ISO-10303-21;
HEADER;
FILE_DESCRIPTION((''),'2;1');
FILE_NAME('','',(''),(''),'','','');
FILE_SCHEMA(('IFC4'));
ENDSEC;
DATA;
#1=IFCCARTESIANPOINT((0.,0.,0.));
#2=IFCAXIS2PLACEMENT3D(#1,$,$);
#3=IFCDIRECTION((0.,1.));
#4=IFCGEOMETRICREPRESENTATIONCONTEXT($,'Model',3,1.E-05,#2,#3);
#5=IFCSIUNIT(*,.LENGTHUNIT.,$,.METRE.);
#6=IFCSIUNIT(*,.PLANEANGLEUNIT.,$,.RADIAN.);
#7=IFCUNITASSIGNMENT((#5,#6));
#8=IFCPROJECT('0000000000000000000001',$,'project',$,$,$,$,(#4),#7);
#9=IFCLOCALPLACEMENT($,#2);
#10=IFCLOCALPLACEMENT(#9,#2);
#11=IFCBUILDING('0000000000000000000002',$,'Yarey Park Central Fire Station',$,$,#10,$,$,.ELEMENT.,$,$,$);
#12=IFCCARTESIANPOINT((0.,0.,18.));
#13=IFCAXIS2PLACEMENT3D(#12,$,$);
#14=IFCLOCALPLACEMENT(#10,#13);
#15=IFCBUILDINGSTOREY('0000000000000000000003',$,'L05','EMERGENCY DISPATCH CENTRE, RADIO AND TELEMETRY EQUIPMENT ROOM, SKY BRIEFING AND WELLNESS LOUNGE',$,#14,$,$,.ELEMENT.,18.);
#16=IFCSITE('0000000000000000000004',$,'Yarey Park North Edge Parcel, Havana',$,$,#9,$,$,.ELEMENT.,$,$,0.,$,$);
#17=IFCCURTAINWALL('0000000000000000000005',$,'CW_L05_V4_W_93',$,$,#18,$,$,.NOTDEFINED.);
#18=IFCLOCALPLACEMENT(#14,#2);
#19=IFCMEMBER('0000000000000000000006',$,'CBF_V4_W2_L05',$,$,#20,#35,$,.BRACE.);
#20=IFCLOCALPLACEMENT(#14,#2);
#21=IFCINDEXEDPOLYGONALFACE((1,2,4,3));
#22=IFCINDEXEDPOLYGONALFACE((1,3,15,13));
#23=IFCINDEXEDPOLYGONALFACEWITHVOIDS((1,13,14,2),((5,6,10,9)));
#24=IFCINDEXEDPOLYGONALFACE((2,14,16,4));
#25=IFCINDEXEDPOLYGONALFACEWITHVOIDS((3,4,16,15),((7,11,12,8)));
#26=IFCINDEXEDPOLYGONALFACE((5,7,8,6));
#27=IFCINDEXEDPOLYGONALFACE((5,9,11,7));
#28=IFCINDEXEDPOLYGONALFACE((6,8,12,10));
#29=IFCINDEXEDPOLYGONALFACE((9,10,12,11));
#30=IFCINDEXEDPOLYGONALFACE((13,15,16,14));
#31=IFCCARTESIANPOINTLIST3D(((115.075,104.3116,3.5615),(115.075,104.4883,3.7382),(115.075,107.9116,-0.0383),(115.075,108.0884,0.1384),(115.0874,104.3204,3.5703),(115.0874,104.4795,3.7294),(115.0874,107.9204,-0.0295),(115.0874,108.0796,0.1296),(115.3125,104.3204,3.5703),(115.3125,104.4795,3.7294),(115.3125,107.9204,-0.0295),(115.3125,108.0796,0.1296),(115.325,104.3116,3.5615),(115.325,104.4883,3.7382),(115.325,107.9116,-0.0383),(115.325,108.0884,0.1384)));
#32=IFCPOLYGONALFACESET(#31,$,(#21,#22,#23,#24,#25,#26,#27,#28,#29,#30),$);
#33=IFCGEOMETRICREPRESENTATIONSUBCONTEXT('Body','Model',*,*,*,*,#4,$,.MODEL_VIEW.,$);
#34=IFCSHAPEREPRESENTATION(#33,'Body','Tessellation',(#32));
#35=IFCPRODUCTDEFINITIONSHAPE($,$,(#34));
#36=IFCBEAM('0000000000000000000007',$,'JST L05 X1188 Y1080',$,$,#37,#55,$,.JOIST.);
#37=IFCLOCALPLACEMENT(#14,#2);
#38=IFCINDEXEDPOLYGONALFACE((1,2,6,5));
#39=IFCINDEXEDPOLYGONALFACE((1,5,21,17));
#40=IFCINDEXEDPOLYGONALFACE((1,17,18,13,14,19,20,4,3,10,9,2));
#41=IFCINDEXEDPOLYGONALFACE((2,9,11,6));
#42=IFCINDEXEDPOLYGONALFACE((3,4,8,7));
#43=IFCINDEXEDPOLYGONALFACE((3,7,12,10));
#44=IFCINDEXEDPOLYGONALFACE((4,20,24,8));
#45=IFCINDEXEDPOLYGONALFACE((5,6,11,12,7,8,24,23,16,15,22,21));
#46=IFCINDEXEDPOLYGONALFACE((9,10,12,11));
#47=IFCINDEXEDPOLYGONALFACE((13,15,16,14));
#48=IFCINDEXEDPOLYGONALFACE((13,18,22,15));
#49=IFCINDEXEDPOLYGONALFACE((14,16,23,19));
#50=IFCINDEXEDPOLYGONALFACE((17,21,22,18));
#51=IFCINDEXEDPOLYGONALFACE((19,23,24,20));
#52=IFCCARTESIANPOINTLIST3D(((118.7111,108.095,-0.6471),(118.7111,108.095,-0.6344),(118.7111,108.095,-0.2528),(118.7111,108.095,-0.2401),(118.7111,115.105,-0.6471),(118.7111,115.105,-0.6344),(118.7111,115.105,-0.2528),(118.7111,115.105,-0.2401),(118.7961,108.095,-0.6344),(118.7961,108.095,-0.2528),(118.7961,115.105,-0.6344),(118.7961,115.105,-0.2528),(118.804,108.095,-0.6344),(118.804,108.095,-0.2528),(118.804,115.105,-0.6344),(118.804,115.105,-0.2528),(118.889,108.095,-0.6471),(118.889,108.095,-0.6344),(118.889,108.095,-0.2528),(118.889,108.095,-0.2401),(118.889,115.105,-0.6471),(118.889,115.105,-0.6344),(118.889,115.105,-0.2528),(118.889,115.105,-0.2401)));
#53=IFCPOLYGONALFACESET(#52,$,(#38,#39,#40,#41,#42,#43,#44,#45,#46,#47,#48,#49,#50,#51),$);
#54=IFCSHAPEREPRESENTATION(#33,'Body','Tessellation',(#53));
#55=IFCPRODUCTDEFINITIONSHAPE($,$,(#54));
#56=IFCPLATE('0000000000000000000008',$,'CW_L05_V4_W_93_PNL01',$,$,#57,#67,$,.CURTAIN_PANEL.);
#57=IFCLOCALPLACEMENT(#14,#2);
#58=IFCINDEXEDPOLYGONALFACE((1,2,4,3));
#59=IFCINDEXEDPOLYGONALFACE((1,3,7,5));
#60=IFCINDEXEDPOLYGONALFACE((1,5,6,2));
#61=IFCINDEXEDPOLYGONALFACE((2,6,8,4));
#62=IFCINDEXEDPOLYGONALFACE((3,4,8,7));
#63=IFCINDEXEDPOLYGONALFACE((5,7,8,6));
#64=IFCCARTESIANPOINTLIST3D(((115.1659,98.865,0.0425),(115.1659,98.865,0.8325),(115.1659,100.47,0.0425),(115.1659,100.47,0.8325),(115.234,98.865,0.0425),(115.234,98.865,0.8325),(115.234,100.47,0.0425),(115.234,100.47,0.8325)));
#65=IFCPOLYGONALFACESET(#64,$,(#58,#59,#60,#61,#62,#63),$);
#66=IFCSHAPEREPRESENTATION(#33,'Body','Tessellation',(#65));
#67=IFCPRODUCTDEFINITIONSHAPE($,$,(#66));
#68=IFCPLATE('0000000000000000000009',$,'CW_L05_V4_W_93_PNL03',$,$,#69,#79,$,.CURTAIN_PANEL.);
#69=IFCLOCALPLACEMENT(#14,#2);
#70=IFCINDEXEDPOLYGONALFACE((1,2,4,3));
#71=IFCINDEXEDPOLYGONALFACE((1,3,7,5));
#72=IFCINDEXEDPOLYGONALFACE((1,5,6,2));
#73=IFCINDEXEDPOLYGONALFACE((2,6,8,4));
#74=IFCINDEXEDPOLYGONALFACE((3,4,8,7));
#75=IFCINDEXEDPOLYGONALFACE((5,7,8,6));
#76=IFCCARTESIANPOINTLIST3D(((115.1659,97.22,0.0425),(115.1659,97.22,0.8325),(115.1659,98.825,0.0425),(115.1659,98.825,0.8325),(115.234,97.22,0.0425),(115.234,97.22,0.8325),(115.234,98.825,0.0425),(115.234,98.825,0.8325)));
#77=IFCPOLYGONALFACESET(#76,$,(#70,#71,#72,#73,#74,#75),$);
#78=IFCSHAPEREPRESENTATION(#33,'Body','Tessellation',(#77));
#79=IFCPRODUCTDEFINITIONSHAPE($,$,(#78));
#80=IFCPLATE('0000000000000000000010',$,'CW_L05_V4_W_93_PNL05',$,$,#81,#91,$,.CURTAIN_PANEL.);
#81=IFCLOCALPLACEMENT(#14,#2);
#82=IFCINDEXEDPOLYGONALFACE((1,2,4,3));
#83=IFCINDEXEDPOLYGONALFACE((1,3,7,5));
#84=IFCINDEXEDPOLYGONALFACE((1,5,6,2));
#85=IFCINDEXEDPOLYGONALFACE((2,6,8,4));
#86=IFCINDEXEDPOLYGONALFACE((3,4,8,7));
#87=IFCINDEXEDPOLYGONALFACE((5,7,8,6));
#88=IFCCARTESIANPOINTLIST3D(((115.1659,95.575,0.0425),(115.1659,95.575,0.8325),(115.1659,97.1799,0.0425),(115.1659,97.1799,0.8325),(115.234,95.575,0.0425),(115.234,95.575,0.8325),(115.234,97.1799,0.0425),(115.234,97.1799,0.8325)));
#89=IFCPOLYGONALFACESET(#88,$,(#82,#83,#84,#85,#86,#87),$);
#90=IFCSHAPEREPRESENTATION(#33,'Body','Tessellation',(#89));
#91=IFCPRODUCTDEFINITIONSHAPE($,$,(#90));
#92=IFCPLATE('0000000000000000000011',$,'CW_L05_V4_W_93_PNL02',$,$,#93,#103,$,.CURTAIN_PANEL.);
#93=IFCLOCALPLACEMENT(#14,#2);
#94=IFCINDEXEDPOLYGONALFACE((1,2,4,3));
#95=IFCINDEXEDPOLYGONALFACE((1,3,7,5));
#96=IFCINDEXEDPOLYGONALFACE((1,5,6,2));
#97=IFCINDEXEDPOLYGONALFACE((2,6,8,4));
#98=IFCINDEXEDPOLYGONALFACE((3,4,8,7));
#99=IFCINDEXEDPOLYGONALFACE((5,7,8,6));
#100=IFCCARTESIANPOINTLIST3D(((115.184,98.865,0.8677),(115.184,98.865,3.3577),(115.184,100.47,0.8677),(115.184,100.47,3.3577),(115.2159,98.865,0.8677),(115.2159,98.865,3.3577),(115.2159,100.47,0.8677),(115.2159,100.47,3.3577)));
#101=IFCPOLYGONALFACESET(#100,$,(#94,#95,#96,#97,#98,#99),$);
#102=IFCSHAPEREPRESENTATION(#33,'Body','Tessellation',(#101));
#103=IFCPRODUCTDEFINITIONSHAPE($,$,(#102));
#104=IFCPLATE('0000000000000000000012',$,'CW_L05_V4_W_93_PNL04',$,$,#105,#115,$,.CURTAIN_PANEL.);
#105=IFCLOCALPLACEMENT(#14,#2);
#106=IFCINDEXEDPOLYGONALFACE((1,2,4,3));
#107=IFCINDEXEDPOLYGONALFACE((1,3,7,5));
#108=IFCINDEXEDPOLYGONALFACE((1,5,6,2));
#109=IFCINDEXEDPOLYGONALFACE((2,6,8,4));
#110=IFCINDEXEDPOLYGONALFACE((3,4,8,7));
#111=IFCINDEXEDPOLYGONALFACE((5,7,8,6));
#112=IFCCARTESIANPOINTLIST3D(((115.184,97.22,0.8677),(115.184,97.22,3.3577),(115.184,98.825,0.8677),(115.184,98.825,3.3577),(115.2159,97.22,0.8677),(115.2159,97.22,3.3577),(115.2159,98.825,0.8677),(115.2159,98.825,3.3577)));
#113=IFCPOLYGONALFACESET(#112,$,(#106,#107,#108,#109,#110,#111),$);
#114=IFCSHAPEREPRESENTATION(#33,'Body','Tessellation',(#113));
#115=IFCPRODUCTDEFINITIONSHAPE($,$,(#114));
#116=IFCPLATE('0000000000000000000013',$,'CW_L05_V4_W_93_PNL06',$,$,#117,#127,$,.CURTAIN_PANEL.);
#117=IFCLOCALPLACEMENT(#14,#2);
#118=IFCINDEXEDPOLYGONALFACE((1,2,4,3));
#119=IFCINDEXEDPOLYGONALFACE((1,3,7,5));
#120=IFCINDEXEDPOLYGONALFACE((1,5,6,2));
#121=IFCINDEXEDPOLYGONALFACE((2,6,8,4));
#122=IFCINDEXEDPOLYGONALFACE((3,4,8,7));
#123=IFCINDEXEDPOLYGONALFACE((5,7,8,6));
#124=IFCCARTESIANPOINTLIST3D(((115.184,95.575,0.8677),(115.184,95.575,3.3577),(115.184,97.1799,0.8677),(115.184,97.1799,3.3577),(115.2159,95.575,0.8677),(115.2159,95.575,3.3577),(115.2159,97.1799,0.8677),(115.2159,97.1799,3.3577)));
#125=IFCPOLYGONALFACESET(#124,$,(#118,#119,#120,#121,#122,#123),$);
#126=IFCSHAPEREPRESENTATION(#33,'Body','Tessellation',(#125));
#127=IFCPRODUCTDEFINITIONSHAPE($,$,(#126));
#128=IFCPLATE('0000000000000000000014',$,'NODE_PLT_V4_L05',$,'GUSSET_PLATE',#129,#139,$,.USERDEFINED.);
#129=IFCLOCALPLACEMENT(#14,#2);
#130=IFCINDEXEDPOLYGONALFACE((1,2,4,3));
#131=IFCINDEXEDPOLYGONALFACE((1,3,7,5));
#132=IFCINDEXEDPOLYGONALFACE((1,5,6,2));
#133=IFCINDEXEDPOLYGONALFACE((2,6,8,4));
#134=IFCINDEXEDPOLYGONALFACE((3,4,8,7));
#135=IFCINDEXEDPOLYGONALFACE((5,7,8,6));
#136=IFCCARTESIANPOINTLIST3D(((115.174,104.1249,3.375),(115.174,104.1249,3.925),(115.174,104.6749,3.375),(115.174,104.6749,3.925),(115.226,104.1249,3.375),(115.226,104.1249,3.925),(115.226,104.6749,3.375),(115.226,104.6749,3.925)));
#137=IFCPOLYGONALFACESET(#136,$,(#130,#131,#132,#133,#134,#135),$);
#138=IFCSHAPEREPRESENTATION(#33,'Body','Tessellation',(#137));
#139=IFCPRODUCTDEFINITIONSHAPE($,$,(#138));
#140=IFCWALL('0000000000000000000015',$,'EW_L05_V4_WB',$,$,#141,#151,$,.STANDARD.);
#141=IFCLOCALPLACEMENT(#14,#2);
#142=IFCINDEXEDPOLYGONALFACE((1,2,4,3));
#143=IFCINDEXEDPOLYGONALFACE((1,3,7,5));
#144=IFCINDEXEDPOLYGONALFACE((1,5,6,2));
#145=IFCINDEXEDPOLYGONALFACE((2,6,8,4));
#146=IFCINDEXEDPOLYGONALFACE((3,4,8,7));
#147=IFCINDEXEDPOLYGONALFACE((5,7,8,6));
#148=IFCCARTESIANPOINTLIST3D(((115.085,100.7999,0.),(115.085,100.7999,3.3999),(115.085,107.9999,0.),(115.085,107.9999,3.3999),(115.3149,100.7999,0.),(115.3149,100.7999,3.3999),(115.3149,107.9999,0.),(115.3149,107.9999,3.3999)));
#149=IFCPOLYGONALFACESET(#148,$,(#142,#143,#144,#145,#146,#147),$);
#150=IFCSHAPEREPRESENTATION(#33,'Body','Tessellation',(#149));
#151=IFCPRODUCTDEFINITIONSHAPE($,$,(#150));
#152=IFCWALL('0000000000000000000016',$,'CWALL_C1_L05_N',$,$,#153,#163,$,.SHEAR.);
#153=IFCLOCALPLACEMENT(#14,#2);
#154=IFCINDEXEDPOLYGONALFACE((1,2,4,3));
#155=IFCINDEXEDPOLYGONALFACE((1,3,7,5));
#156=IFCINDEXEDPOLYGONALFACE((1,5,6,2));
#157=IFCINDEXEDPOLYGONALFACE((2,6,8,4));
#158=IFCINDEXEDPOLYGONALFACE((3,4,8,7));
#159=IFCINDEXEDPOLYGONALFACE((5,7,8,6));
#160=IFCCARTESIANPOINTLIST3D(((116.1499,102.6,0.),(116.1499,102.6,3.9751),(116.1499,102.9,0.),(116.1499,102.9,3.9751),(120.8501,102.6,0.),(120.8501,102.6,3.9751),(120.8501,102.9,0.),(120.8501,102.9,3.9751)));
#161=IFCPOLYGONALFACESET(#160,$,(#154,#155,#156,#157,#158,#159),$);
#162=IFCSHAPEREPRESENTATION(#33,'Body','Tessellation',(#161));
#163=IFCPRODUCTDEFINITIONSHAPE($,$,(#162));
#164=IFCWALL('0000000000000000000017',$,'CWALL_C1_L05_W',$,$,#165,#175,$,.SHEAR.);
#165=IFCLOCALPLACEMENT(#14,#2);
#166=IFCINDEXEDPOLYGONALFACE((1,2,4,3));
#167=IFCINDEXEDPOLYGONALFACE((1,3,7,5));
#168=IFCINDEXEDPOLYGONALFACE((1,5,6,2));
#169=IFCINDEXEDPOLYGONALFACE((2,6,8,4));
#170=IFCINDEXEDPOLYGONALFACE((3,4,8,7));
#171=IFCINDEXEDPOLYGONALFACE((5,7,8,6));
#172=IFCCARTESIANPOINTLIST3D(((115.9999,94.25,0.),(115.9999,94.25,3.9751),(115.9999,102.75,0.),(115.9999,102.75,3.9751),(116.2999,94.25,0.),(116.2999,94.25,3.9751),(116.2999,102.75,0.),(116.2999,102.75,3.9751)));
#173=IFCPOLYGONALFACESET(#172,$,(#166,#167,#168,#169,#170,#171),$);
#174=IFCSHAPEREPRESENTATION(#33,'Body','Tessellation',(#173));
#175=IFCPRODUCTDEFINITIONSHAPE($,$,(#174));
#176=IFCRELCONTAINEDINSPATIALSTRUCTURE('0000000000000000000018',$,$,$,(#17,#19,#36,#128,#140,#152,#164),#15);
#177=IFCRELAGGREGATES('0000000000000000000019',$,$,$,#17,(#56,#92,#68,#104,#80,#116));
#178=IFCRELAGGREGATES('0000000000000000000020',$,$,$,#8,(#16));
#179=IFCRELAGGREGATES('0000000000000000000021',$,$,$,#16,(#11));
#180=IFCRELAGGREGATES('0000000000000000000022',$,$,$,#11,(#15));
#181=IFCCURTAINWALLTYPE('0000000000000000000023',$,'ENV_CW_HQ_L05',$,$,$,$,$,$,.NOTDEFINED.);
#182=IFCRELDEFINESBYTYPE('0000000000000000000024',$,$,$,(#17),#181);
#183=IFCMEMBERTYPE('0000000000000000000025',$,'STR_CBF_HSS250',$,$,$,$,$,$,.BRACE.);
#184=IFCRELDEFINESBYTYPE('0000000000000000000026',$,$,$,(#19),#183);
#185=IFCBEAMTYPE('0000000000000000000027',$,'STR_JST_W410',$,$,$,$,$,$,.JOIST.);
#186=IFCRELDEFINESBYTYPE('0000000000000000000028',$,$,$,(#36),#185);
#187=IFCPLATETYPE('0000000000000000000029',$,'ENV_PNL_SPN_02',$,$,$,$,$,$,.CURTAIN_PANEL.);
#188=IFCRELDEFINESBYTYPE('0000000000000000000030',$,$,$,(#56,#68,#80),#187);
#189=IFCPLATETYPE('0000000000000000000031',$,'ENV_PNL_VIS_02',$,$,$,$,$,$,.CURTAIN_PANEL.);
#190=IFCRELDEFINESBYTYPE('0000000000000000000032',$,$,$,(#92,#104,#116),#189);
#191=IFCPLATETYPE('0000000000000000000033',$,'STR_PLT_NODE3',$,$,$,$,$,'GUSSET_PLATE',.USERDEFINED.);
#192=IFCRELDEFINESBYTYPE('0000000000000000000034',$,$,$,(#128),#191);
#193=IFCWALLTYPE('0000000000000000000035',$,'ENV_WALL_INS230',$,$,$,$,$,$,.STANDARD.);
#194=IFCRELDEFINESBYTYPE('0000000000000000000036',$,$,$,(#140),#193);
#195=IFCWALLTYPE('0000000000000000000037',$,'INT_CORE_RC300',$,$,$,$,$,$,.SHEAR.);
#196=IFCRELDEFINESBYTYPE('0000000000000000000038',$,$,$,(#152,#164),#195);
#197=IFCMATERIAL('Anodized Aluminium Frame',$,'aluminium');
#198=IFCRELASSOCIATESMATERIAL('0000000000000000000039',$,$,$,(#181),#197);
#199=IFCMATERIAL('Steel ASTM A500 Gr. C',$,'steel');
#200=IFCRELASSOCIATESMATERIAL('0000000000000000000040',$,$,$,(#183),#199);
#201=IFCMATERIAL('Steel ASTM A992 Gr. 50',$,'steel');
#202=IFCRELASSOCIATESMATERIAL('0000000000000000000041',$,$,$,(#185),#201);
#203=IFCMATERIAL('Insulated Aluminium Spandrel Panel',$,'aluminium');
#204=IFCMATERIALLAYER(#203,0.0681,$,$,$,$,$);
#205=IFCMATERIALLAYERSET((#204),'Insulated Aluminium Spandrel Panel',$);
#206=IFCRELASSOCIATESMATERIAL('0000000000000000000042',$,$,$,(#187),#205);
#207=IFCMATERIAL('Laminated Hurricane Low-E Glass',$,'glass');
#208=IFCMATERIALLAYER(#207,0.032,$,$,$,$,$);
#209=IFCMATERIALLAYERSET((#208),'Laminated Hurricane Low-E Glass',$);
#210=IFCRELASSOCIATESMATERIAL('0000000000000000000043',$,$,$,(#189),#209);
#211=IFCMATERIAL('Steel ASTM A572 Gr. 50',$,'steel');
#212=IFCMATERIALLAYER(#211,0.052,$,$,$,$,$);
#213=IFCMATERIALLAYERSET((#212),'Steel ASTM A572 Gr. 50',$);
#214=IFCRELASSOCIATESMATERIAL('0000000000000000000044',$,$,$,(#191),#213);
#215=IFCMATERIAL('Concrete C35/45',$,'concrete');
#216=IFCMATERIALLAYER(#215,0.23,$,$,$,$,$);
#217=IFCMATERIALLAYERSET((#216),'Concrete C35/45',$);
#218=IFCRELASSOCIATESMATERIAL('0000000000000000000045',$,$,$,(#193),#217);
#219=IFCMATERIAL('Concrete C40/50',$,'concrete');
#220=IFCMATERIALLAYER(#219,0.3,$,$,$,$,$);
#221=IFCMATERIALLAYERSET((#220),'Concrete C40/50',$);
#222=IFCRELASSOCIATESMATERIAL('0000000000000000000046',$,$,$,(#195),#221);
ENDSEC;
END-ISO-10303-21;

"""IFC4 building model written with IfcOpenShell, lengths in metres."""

from ifc_helpers import new_model, si_unit, direction, frame, frame_2d, origin, origin_2d, place, context, subcontext, project, spatial, rectangle, hollow_rectangle, i_section, extrude, material, layer, layer_set, material_profile, profile_set, type_object, element, aggregate, save


model = new_model("IFC4")

# Units and contexts
model_context = context("Model", 3, precision=1e-05, world=origin(), true_north=direction((0.0, 1.0)))
body_context = subcontext(model_context, "Body", "Model", "MODEL_VIEW")
ifc_project = project(units=[si_unit("LENGTHUNIT", "METRE"), si_unit("PLANEANGLEUNIT", "RADIAN")], contexts=[model_context])

# Site, building, storey
site_placement = place(None, origin())
site = spatial("IfcSite", under=ifc_project, at=site_placement, Name="Yarey Park North Edge Parcel, Havana", CompositionType="ELEMENT", RefElevation=0.0)
building_placement = place(site_placement, origin())
building = spatial("IfcBuilding", under=site, at=building_placement, Name="Yarey Park Central Fire Station", CompositionType="ELEMENT")
storey_placement = place(building_placement, frame((0.0, 0.0, 18.0)))
storey = spatial("IfcBuildingStorey", under=building, at=storey_placement, Name="L05", Description="EMERGENCY DISPATCH CENTRE, RADIO AND TELEMETRY EQUIPMENT ROOM, SKY BRIEFING AND WELLNESS LOUNGE", CompositionType="ELEMENT", Elevation=18.0)

# Curtain wall
ifc_material_1 = material(Name="Anodized Aluminium Frame", Category="aluminium")
curtain_wall_type = type_object("IfcCurtainWallType", Name="ENV_CW_HQ_L05", PredefinedType="NOTDEFINED", material=ifc_material_1)
curtain_wall_1_placement = place(storey_placement, origin())
curtain_wall_1 = element("IfcCurtainWall", 1, at=curtain_wall_1_placement, inside=storey, type_object=curtain_wall_type, Name="CW_L05_V4_W_93", PredefinedType="NOTDEFINED")

# Shared definitions
ifc_material_2 = material(Name="Steel ASTM A992 Gr. 50", Category="steel")

# Member
ifc_material_3 = material(Name="Steel ASTM A500 Gr. C", Category="steel")
ifc_material_profile_1 = material_profile(ifc_material_3, hollow_rectangle(XDim=0.25, YDim=0.25, WallThickness=0.0125, at=origin_2d()), Name="HSS 250x250x12.5")
ifc_profile_set_1 = profile_set([ifc_material_profile_1], Name="Steel ASTM A500 Gr. C")
member_type_1 = type_object("IfcMemberType", Name="STR_CBF_HSS250", PredefinedType="BRACE", material=ifc_profile_set_1)
for number, where, z_axis, x_axis, name in (
    (2, (115.2, 108.0, 0.05), (0.0, -0.707131, 0.707083), (1.0, 0.0, 0.0), "CBF_V4_W2_L05"),
):
    element("IfcMember", number, at=place(storey_placement, frame(where, z_axis=z_axis, x_axis=x_axis)), inside=storey, type_object=member_type_1, Name=name, PredefinedType="BRACE", context=body_context, shape_type="SweptSolid", body=[
        extrude(hollow_rectangle(XDim=0.25, YDim=0.25, WallThickness=0.0125, at=origin_2d()), origin(), (0.0, 0.0, 1.0), 5.0911),
    ])

# Beam
ifc_material_profile_2 = material_profile(ifc_material_2, i_section(OverallWidth=0.178, OverallDepth=0.407, WebThickness=0.0078, FlangeThickness=0.0127, at=origin_2d()), Name="W410x60")
ifc_profile_set_2 = profile_set([ifc_material_profile_2], Name="Steel ASTM A992 Gr. 50")
beam_type_1 = type_object("IfcBeamType", Name="STR_JST_W410", PredefinedType="JOIST", material=ifc_profile_set_2)
beam_placement = place(storey_placement, frame((118.8, 108.095, -0.4436), z_axis=(0.0, 1.0, 0.0), x_axis=(-1.0, 0.0, 0.0)))
element("IfcBeam", 3, at=beam_placement, inside=storey, type_object=beam_type_1, Name="JST L05 X1188 Y1080", PredefinedType="JOIST", context=body_context, shape_type="SweptSolid", body=[
    extrude(i_section(OverallWidth=0.178, OverallDepth=0.407, WebThickness=0.0078, FlangeThickness=0.0127, at=origin_2d()), origin(), (0.0, 0.0, 1.0), 7.01),
])

# Plates
ifc_material_4 = material(Name="Insulated Aluminium Spandrel Panel", Category="aluminium")
ifc_layer_1 = layer(ifc_material_4, 0.0681)
ifc_layer_set_1 = layer_set([ifc_layer_1], Name="Insulated Aluminium Spandrel Panel")
plate_type_1 = type_object("IfcPlateType", Name="ENV_PNL_SPN_02", PredefinedType="CURTAIN_PANEL", material=ifc_layer_set_1)
plate_1_placement = place(storey_placement, frame((115.2, 99.6675, 0.0425), z_axis=(0.0, 0.0, 1.0), x_axis=(0.0, -1.0, 0.0)))
plate_1 = element("IfcPlate", 4, at=plate_1_placement, type_object=plate_type_1, Name="CW_L05_V4_W_93_PNL01", PredefinedType="CURTAIN_PANEL", context=body_context, shape_type="SweptSolid", body=[
    extrude(rectangle(XDim=1.605, YDim=0.0681, at=origin_2d()), origin(), (0.0, 0.0, 1.0), 0.79),
])
plate_2_placement = place(storey_placement, frame((115.2, 98.0225, 0.0425), z_axis=(0.0, 0.0, 1.0), x_axis=(0.0, -1.0, 0.0)))
plate_2 = element("IfcPlate", 5, at=plate_2_placement, type_object=plate_type_1, Name="CW_L05_V4_W_93_PNL03", PredefinedType="CURTAIN_PANEL", context=body_context, shape_type="SweptSolid", body=[
    extrude(rectangle(XDim=1.605, YDim=0.0681, at=origin_2d()), origin(), (0.0, 0.0, 1.0), 0.79),
])
plate_3_placement = place(storey_placement, frame((115.2, 96.3774, 0.0425), z_axis=(0.0, 0.0, 1.0), x_axis=(0.0, -1.0, 0.0)))
plate_3 = element("IfcPlate", 6, at=plate_3_placement, type_object=plate_type_1, Name="CW_L05_V4_W_93_PNL05", PredefinedType="CURTAIN_PANEL", context=body_context, shape_type="SweptSolid", body=[
    extrude(rectangle(XDim=1.605, YDim=0.0681, at=origin_2d()), origin(), (0.0, 0.0, 1.0), 0.79),
])
ifc_material_5 = material(Name="Laminated Hurricane Low-E Glass", Category="glass")
ifc_layer_2 = layer(ifc_material_5, 0.032)
ifc_layer_set_2 = layer_set([ifc_layer_2], Name="Laminated Hurricane Low-E Glass")
plate_type_2 = type_object("IfcPlateType", Name="ENV_PNL_VIS_02", PredefinedType="CURTAIN_PANEL", material=ifc_layer_set_2)
plate_4_placement = place(storey_placement, frame((115.2, 99.6675, 0.8677), z_axis=(0.0, 0.0, 1.0), x_axis=(0.0, -1.0, 0.0)))
plate_4 = element("IfcPlate", 7, at=plate_4_placement, type_object=plate_type_2, Name="CW_L05_V4_W_93_PNL02", PredefinedType="CURTAIN_PANEL", context=body_context, shape_type="SweptSolid", body=[
    extrude(rectangle(XDim=1.605, YDim=0.032, at=origin_2d()), origin(), (0.0, 0.0, 1.0), 2.49),
])
plate_5_placement = place(storey_placement, frame((115.2, 98.0225, 0.8677), z_axis=(0.0, 0.0, 1.0), x_axis=(0.0, -1.0, 0.0)))
plate_5 = element("IfcPlate", 8, at=plate_5_placement, type_object=plate_type_2, Name="CW_L05_V4_W_93_PNL04", PredefinedType="CURTAIN_PANEL", context=body_context, shape_type="SweptSolid", body=[
    extrude(rectangle(XDim=1.605, YDim=0.032, at=origin_2d()), origin(), (0.0, 0.0, 1.0), 2.49),
])
plate_6_placement = place(storey_placement, frame((115.2, 96.3774, 0.8677), z_axis=(0.0, 0.0, 1.0), x_axis=(0.0, -1.0, 0.0)))
plate_6 = element("IfcPlate", 9, at=plate_6_placement, type_object=plate_type_2, Name="CW_L05_V4_W_93_PNL06", PredefinedType="CURTAIN_PANEL", context=body_context, shape_type="SweptSolid", body=[
    extrude(rectangle(XDim=1.605, YDim=0.032, at=origin_2d()), origin(), (0.0, 0.0, 1.0), 2.49),
])
aggregate(curtain_wall_1, [plate_1, plate_4, plate_2, plate_5, plate_3, plate_6])
ifc_material_6 = material(Name="Steel ASTM A572 Gr. 50", Category="steel")
ifc_layer_3 = layer(ifc_material_6, 0.052)
ifc_layer_set_3 = layer_set([ifc_layer_3], Name="Steel ASTM A572 Gr. 50")
plate_type_3 = type_object("IfcPlateType", Name="STR_PLT_NODE3", ElementType="GUSSET_PLATE", PredefinedType="USERDEFINED", material=ifc_layer_set_3)
plate_7_placement = place(storey_placement, frame((115.2, 104.3999, 3.375), z_axis=(0.0, 0.0, 1.0), x_axis=(1.0, 0.0, 0.0)))
element("IfcPlate", 10, at=plate_7_placement, inside=storey, type_object=plate_type_3, Name="NODE_PLT_V4_L05", ObjectType="GUSSET_PLATE", PredefinedType="USERDEFINED", context=body_context, shape_type="SweptSolid", body=[
    extrude(rectangle(XDim=0.052, YDim=0.55, at=origin_2d()), origin(), (0.0, 0.0, 1.0), 0.55),
])

# Walls
ifc_material_7 = material(Name="Concrete C35/45", Category="concrete")
ifc_layer_4 = layer(ifc_material_7, 0.23)
ifc_layer_set_4 = layer_set([ifc_layer_4], Name="Concrete C35/45")
wall_type_1 = type_object("IfcWallType", Name="ENV_WALL_INS230", PredefinedType="STANDARD", material=ifc_layer_set_4)
wall_1_placement = place(storey_placement, frame((115.2, 108.0, 0.0), z_axis=(0.0, 0.0, 1.0), x_axis=(0.0, -1.0, 0.0)))
element("IfcWall", 11, at=wall_1_placement, inside=storey, type_object=wall_type_1, Name="EW_L05_V4_WB", PredefinedType="STANDARD", context=body_context, shape_type="SweptSolid", body=[
    extrude(rectangle(XDim=7.2, YDim=0.23, at=frame_2d((3.6001, 0.0))), origin(), (0.0, 0.0, 1.0), 3.3999),
])
ifc_material_8 = material(Name="Concrete C40/50", Category="concrete")
ifc_layer_5 = layer(ifc_material_8, 0.3)
ifc_layer_set_5 = layer_set([ifc_layer_5], Name="Concrete C40/50")
wall_type_2 = type_object("IfcWallType", Name="INT_CORE_RC300", PredefinedType="SHEAR", material=ifc_layer_set_5)
wall_2_placement = place(storey_placement, frame((120.8501, 102.75, 0.0), z_axis=(0.0, 0.0, 1.0), x_axis=(-1.0, 0.0, 0.0)))
element("IfcWall", 12, at=wall_2_placement, inside=storey, type_object=wall_type_2, Name="CWALL_C1_L05_N", PredefinedType="SHEAR", context=body_context, shape_type="SweptSolid", body=[
    extrude(rectangle(XDim=4.7002, YDim=0.3, at=frame_2d((2.3501, 0.0))), origin(), (0.0, 0.0, 1.0), 3.9751),
])
wall_3_placement = place(storey_placement, frame((116.1499, 102.75, 0.0), z_axis=(0.0, 0.0, 1.0), x_axis=(0.0, -1.0, 0.0)))
element("IfcWall", 13, at=wall_3_placement, inside=storey, type_object=wall_type_2, Name="CWALL_C1_L05_W", PredefinedType="SHEAR", context=body_context, shape_type="SweptSolid", body=[
    extrude(rectangle(XDim=8.5, YDim=0.3, at=frame_2d((4.25, 0.0))), origin(), (0.0, 0.0, 1.0), 3.9751),
])

save(model, "model.ifc")
